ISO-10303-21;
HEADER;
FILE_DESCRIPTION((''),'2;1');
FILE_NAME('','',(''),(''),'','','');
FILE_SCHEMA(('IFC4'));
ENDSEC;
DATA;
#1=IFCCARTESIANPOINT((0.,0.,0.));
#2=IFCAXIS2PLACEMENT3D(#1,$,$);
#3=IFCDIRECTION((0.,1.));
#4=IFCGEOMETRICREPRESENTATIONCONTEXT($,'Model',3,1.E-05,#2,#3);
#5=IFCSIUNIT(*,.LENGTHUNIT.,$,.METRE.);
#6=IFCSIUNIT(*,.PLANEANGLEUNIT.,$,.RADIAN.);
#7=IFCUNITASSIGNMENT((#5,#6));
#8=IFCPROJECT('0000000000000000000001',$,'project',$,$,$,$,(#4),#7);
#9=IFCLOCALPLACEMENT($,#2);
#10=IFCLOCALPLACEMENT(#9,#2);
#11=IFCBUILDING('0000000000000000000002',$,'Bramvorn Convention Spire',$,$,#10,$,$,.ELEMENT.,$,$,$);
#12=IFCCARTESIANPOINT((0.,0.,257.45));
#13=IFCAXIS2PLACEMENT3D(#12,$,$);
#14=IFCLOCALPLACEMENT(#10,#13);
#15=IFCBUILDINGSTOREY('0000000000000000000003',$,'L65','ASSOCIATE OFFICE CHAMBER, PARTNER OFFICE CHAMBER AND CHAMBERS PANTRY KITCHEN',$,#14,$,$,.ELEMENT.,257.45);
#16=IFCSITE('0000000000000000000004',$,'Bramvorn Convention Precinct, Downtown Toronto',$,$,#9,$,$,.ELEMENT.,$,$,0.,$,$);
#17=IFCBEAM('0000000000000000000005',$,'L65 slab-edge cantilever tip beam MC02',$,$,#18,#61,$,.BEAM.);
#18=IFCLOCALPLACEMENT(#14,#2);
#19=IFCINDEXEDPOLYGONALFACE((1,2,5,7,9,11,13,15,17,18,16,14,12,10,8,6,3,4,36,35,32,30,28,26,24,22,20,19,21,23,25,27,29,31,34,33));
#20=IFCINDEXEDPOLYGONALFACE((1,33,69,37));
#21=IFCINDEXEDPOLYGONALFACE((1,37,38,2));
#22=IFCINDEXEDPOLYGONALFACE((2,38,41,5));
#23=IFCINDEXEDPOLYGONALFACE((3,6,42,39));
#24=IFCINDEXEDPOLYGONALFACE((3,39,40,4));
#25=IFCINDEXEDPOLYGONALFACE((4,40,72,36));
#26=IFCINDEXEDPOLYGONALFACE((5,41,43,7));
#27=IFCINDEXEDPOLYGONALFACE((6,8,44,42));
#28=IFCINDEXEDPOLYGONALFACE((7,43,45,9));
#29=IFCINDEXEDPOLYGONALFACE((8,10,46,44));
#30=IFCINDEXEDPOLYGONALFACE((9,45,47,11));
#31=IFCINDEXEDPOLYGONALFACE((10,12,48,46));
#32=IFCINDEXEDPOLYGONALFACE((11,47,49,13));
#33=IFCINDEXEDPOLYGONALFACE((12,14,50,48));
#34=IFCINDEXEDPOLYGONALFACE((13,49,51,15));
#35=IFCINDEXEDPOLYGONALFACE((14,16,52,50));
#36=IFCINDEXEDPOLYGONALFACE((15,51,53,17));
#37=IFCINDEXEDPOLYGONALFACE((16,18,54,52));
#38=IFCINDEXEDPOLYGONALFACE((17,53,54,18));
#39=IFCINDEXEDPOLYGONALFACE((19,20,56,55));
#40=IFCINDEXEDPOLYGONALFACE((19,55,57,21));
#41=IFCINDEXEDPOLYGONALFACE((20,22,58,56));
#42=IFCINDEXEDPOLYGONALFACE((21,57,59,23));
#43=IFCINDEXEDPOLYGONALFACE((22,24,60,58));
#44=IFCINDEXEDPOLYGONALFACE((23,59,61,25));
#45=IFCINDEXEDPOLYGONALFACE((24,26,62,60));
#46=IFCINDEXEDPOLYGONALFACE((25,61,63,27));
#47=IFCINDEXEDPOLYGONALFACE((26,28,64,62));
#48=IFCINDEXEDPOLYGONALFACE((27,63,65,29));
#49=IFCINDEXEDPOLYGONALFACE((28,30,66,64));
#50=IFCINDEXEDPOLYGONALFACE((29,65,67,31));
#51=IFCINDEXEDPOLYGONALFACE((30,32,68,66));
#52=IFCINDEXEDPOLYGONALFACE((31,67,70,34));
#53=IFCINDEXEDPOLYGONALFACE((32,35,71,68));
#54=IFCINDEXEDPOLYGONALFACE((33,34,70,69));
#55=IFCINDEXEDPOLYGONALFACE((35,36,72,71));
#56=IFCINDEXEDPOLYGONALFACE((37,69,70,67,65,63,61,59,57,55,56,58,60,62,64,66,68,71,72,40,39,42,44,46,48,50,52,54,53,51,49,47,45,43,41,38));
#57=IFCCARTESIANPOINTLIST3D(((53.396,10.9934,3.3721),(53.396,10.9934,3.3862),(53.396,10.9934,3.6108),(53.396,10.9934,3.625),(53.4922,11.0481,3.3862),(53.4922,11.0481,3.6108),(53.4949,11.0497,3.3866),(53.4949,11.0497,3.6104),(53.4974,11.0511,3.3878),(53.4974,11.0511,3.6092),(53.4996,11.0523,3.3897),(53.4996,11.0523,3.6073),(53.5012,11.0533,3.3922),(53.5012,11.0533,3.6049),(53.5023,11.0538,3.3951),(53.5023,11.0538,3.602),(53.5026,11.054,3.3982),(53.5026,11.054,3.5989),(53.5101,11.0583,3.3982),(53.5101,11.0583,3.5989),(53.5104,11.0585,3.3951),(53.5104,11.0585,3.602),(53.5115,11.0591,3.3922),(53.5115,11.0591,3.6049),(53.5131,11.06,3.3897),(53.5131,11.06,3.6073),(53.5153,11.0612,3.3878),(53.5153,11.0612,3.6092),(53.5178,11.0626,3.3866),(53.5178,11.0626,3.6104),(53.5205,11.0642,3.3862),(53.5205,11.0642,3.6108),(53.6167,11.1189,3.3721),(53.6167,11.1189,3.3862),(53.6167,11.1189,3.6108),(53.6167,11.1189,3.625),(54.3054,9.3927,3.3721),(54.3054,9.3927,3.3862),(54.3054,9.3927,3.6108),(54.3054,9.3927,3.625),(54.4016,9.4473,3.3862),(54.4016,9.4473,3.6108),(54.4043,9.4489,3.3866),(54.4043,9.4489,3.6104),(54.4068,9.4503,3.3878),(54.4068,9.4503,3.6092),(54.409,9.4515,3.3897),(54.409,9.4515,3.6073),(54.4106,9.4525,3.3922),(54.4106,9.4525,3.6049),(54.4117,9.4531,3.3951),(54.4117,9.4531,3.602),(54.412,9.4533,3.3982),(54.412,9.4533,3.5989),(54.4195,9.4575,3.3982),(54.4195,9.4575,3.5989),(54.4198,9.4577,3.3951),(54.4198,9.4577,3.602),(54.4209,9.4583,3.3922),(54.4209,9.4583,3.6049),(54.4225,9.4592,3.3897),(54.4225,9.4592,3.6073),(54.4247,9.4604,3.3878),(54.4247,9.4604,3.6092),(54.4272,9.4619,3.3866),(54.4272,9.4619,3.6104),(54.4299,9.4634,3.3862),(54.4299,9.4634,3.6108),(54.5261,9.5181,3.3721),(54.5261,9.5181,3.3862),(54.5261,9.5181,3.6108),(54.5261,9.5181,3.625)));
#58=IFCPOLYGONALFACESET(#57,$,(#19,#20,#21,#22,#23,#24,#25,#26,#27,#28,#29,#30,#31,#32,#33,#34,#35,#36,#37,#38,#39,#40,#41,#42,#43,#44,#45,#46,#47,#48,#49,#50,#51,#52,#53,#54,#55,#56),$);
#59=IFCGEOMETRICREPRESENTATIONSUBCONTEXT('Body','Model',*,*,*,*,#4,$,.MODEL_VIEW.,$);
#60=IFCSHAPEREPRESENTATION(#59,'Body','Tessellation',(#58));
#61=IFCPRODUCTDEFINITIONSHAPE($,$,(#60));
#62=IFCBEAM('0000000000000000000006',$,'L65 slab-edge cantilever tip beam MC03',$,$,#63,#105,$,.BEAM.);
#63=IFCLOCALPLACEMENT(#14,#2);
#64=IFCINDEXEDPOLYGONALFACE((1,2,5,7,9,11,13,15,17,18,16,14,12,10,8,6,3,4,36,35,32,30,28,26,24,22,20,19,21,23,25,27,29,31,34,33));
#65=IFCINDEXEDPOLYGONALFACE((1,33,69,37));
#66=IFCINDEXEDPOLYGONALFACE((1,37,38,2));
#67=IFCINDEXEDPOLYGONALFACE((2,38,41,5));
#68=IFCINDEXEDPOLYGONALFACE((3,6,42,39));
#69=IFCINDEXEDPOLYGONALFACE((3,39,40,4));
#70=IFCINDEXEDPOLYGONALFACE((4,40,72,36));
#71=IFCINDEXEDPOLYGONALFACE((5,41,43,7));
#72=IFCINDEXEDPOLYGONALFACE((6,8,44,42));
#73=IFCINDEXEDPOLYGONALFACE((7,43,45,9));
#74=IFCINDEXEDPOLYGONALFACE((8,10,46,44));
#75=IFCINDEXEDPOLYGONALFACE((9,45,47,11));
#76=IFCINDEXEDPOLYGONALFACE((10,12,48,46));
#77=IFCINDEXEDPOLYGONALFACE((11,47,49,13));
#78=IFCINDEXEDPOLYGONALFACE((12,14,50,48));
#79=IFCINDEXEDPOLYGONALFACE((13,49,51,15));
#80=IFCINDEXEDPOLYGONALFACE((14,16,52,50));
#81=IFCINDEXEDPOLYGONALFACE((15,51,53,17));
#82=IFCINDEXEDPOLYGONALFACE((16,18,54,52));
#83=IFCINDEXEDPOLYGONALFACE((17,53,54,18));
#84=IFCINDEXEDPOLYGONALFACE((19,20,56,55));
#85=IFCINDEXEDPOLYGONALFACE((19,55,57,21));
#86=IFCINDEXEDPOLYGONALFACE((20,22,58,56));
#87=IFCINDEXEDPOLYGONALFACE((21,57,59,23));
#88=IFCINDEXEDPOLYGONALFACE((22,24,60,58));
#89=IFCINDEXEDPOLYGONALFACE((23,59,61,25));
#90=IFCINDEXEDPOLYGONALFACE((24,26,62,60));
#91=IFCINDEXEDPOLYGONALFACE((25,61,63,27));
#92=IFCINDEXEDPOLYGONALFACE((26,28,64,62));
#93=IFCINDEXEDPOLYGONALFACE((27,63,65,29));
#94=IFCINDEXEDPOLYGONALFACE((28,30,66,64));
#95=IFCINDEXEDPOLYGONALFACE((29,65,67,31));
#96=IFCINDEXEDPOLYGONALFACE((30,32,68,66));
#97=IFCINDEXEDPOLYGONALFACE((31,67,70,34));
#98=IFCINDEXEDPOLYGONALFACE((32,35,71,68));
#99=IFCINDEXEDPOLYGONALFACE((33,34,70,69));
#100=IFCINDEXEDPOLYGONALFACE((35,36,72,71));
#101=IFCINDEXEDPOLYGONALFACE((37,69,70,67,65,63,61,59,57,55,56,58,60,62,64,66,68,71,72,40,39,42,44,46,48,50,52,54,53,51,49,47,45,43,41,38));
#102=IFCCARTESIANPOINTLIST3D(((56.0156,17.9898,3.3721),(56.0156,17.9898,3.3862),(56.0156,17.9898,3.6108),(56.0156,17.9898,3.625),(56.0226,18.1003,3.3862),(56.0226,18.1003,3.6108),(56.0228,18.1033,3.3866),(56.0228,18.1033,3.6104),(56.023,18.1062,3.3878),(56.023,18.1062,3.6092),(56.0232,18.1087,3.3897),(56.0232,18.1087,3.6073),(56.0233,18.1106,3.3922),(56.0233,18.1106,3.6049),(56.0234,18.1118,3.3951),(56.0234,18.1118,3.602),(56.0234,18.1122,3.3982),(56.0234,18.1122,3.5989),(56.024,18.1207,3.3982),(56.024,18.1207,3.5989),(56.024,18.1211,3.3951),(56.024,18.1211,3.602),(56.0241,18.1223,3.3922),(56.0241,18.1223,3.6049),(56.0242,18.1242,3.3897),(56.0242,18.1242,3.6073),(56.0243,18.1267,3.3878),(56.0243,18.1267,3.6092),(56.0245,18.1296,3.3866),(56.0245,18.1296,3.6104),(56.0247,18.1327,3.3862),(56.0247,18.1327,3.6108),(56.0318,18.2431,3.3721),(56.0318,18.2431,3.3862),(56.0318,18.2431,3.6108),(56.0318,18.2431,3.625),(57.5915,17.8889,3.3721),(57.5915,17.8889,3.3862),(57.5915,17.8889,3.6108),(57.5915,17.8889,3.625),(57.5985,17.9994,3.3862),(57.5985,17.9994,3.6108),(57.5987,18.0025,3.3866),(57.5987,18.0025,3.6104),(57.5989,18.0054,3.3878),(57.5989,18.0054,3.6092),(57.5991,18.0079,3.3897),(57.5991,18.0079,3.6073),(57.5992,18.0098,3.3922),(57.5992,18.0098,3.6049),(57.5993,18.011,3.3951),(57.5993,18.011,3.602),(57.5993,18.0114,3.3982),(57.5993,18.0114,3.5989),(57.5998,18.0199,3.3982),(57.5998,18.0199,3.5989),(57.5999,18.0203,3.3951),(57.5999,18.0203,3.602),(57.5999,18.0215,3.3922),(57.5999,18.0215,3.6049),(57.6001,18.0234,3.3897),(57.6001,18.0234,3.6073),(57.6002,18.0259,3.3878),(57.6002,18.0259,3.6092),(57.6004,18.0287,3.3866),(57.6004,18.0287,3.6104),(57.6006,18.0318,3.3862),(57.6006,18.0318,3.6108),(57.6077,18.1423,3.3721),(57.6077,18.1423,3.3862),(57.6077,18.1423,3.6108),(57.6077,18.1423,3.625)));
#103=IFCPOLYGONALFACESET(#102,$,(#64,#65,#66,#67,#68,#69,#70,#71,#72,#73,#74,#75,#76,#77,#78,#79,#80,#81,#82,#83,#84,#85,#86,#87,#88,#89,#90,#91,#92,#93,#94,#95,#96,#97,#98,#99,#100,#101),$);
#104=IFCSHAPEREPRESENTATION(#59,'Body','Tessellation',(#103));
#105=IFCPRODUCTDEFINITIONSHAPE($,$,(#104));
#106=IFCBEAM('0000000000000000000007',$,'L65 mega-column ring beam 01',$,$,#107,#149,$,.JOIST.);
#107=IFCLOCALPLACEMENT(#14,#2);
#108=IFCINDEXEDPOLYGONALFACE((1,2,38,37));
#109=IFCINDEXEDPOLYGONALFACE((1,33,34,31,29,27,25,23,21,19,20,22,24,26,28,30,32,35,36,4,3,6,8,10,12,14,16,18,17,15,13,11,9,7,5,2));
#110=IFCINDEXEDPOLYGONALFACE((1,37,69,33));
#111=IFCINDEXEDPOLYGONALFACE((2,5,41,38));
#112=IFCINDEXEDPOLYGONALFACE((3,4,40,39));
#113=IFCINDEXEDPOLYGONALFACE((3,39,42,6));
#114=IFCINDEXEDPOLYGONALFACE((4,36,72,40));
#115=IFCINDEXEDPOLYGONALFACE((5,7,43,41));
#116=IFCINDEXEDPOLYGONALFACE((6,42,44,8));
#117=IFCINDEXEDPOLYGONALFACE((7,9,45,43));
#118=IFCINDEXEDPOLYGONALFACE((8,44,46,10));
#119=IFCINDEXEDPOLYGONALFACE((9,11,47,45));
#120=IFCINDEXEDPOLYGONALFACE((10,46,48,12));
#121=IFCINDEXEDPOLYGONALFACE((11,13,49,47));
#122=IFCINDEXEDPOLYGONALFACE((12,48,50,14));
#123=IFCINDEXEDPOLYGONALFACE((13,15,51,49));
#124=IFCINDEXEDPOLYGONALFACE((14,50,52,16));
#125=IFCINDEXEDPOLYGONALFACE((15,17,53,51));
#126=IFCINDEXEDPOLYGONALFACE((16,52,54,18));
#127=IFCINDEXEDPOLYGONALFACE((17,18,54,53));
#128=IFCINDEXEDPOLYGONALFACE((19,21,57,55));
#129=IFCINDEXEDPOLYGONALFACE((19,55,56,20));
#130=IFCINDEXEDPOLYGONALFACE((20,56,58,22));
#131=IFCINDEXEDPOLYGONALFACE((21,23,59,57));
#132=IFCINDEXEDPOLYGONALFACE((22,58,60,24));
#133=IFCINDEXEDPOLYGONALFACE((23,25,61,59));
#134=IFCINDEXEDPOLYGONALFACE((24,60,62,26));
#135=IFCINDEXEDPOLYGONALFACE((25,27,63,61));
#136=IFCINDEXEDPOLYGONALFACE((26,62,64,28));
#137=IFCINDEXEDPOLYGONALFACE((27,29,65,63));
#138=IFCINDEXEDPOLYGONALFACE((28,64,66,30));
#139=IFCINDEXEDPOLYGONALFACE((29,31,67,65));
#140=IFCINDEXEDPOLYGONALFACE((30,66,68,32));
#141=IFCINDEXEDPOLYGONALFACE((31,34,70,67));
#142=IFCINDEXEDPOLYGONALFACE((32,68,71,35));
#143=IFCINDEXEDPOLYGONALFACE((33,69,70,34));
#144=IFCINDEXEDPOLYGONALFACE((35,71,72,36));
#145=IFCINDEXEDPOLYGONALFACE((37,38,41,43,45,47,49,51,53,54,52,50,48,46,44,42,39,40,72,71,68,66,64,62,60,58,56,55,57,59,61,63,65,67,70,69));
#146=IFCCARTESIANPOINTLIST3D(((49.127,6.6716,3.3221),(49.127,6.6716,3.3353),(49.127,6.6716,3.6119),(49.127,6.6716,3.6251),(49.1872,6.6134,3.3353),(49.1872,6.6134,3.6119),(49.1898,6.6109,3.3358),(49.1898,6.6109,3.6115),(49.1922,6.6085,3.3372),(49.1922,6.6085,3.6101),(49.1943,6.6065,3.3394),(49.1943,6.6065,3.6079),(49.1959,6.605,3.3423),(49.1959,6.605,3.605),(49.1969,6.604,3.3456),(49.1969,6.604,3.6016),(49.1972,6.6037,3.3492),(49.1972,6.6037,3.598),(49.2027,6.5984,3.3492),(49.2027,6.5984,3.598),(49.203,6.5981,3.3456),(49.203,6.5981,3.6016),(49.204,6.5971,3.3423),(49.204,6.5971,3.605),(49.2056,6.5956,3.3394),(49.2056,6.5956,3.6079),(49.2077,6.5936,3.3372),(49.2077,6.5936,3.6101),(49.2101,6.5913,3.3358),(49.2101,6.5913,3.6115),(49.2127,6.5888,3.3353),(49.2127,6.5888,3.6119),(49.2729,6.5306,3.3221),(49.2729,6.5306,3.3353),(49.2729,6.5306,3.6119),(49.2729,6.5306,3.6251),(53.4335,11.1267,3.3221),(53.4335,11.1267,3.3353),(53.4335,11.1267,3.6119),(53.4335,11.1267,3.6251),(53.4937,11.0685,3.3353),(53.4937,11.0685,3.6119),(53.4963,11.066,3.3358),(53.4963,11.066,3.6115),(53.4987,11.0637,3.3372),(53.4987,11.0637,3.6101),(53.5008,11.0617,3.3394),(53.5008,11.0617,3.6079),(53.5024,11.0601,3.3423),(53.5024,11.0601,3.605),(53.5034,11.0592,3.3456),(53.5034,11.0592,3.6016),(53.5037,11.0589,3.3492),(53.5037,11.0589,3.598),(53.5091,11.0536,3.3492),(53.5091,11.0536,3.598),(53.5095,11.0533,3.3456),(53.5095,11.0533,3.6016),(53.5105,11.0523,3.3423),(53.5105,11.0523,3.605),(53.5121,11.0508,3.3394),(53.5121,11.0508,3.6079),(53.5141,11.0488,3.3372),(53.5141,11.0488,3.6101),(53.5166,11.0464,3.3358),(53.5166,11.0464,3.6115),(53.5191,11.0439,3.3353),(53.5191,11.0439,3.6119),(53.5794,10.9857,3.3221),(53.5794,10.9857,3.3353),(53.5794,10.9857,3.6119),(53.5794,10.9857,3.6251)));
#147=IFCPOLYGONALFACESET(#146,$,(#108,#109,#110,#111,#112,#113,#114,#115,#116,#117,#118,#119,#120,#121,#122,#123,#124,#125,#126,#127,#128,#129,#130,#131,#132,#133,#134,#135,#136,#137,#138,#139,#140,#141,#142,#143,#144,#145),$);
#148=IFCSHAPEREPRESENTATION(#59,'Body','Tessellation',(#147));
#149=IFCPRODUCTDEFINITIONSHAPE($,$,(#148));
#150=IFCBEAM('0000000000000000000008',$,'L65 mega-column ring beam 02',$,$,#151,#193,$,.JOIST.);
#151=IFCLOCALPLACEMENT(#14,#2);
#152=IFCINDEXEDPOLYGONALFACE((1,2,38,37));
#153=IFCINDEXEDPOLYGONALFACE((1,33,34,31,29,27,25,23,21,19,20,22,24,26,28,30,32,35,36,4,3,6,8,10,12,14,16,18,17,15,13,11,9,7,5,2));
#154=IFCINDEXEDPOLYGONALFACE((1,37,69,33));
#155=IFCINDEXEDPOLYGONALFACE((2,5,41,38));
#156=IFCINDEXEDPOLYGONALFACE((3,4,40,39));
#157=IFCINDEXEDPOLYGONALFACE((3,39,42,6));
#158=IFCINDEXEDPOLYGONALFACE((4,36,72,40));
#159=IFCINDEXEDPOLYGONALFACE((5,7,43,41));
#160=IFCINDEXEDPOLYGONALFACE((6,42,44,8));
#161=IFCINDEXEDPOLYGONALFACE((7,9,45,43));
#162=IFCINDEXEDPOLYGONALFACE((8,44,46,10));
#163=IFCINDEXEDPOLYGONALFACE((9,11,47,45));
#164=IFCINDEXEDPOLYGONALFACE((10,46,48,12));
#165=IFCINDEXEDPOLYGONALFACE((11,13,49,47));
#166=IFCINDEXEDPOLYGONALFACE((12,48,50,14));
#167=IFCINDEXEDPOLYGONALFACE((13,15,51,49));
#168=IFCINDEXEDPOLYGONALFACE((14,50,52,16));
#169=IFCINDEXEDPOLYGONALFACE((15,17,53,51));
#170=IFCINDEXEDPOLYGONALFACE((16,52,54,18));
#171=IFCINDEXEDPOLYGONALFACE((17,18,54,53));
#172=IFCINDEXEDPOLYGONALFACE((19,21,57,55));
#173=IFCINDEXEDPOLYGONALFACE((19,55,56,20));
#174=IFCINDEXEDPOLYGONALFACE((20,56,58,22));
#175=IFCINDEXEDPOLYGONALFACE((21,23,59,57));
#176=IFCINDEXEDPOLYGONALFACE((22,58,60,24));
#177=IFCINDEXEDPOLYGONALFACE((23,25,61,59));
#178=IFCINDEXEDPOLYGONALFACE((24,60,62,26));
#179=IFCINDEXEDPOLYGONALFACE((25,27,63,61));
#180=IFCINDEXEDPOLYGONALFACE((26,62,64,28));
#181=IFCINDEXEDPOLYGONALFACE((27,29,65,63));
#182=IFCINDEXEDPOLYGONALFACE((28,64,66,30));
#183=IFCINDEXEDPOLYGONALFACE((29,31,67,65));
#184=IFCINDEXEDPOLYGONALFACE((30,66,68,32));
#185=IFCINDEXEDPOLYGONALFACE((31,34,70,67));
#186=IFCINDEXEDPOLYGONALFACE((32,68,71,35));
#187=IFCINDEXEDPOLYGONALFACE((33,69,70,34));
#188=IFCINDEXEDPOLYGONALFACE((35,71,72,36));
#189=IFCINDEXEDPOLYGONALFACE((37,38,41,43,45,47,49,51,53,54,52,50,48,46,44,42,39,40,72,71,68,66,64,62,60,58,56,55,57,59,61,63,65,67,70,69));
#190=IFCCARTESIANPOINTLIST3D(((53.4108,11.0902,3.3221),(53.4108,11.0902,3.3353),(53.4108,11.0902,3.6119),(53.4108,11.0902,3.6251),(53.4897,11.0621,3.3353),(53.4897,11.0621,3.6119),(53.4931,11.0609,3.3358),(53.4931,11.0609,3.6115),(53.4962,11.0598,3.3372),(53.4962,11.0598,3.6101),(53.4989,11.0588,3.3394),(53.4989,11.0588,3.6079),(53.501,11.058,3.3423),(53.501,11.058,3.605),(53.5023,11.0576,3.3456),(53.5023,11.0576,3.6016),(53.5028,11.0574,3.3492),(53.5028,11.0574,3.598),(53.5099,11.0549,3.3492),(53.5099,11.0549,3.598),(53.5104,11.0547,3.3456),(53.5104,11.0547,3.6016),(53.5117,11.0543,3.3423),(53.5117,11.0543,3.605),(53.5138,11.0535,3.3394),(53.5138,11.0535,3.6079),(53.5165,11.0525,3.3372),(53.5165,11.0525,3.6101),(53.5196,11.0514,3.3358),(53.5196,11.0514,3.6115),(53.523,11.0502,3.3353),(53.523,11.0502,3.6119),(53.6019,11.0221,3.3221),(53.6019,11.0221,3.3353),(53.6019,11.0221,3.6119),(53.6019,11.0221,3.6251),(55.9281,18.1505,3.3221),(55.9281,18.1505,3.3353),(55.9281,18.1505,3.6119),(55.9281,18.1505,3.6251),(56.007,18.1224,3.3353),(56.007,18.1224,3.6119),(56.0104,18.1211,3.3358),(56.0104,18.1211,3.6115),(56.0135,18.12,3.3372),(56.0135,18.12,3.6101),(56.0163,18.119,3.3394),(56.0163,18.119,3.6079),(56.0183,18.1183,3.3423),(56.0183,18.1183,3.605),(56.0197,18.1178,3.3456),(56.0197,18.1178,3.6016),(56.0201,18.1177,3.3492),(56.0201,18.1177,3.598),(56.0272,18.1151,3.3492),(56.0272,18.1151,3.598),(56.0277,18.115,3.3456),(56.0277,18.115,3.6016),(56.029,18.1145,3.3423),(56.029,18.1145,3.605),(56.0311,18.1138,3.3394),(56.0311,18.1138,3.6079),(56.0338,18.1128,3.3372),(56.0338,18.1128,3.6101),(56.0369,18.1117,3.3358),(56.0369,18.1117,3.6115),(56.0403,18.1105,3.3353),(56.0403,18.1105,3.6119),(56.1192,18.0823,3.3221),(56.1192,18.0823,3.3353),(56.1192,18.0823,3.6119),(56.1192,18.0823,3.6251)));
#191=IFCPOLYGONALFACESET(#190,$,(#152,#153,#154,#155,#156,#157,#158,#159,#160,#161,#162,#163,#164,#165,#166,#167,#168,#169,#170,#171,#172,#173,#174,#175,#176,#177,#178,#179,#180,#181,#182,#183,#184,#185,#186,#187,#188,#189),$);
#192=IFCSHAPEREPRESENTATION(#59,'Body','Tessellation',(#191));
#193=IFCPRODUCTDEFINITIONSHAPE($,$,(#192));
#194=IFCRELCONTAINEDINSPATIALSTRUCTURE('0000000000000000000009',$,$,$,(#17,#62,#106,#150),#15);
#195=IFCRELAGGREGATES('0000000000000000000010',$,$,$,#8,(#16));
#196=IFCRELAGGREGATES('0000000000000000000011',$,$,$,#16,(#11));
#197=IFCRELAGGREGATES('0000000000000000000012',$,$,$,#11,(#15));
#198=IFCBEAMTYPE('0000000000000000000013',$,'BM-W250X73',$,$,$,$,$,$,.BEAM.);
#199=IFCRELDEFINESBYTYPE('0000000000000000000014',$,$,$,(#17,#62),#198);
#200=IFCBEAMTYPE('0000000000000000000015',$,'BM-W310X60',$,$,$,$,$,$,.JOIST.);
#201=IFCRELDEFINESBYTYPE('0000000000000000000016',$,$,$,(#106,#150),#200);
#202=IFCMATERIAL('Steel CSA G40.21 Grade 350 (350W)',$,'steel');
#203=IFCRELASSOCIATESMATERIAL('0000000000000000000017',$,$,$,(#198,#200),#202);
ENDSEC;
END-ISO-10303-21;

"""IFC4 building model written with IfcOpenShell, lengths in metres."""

from ifc_helpers import new_model, si_unit, direction, frame, origin, origin_2d, place, context, subcontext, project, spatial, i_section, extrude, material, material_profile, profile_set, type_object, element, save


model = new_model("IFC4")

# Units and contexts
model_context = context("Model", 3, precision=1e-05, world=origin(), true_north=direction((0.0, 1.0)))
body_context = subcontext(model_context, "Body", "Model", "MODEL_VIEW")
ifc_project = project(units=[si_unit("LENGTHUNIT", "METRE"), si_unit("PLANEANGLEUNIT", "RADIAN")], contexts=[model_context])

# Site, building, storey
site_placement = place(None, origin())
site = spatial("IfcSite", under=ifc_project, at=site_placement, Name="Bramvorn Convention Precinct, Downtown Toronto", CompositionType="ELEMENT", RefElevation=0.0)
building_placement = place(site_placement, origin())
building = spatial("IfcBuilding", under=site, at=building_placement, Name="Bramvorn Convention Spire", CompositionType="ELEMENT")
storey_placement = place(building_placement, frame((0.0, 0.0, 257.45)))
storey = spatial("IfcBuildingStorey", under=building, at=storey_placement, Name="L65", Description="ASSOCIATE OFFICE CHAMBER, PARTNER OFFICE CHAMBER AND CHAMBERS PANTRY KITCHEN", CompositionType="ELEMENT", Elevation=257.45)

# Shared definitions
ifc_material_1 = material(Name="Steel CSA G40.21 Grade 350 (350W)", Category="steel")

# Beams
ifc_material_profile_1 = material_profile(ifc_material_1, i_section(OverallWidth=0.2539, OverallDepth=0.2529, WebThickness=0.0085, FlangeThickness=0.0142, FilletRadius=0.012, at=origin_2d()))
ifc_profile_set_1 = profile_set([ifc_material_profile_1], Name="Steel CSA G40.21 Grade 350 (350W) - W250X73")
beam_type_1 = type_object("IfcBeamType", Name="BM-W250X73", PredefinedType="BEAM", material=ifc_profile_set_1)
beam_1_placement = place(storey_placement, frame((53.5063, 11.0562, 3.4985), z_axis=(0.493952, -0.869489, 0.0), x_axis=(0.869489, 0.493952, 0.0)))
element("IfcBeam", 1, at=beam_1_placement, inside=storey, type_object=beam_type_1, Name="L65 slab-edge cantilever tip beam MC02", PredefinedType="BEAM", context=body_context, shape_type="SweptSolid", body=[
    extrude(i_section(OverallWidth=0.2539, OverallDepth=0.2529, WebThickness=0.0085, FlangeThickness=0.0142, FilletRadius=0.012, at=origin_2d()), origin(), (0.0, 0.0, 1.0), 1.8411),
])
beam_2_placement = place(storey_placement, frame((56.0237, 18.1165, 3.4985), z_axis=(0.997959, -0.063851, 0.0), x_axis=(0.063851, 0.997959, 0.0)))
element("IfcBeam", 2, at=beam_2_placement, inside=storey, type_object=beam_type_1, Name="L65 slab-edge cantilever tip beam MC03", PredefinedType="BEAM", context=body_context, shape_type="SweptSolid", body=[
    extrude(i_section(OverallWidth=0.2539, OverallDepth=0.2529, WebThickness=0.0085, FlangeThickness=0.0142, FilletRadius=0.012, at=origin_2d()), origin(), (0.0, 0.0, 1.0), 1.5791),
])
ifc_material_profile_2 = material_profile(ifc_material_1, i_section(OverallWidth=0.2029, OverallDepth=0.303, WebThickness=0.0076, FlangeThickness=0.0132, FilletRadius=0.0139, at=origin_2d()))
ifc_profile_set_2 = profile_set([ifc_material_profile_2], Name="Steel CSA G40.21 Grade 350 (350W) - W310X60")
beam_type_2 = type_object("IfcBeamType", Name="BM-W310X60", PredefinedType="JOIST", material=ifc_profile_set_2)
beam_3_placement = place(storey_placement, frame((49.2, 6.6011, 3.4736), z_axis=(0.695007, 0.719003, 0.0), x_axis=(-0.719003, 0.695007, 0.0)))
element("IfcBeam", 3, at=beam_3_placement, inside=storey, type_object=beam_type_2, Name="L65 mega-column ring beam 01", PredefinedType="JOIST", context=body_context, shape_type="SweptSolid", body=[
    extrude(i_section(OverallWidth=0.2029, OverallDepth=0.303, WebThickness=0.0076, FlangeThickness=0.0132, FilletRadius=0.0139, at=origin_2d()), origin(), (0.0, 0.0, 1.0), 6.1963),
])
beam_4_placement = place(storey_placement, frame((53.5063, 11.0562, 3.4736), z_axis=(0.335839, 0.941919, 0.0), x_axis=(-0.941919, 0.335839, 0.0)))
element("IfcBeam", 4, at=beam_4_placement, inside=storey, type_object=beam_type_2, Name="L65 mega-column ring beam 02", PredefinedType="JOIST", context=body_context, shape_type="SweptSolid", body=[
    extrude(i_section(OverallWidth=0.2029, OverallDepth=0.303, WebThickness=0.0076, FlangeThickness=0.0132, FilletRadius=0.0139, at=origin_2d()), origin(), (0.0, 0.0, 1.0), 7.4956),
])

save(model, "model.ifc")
